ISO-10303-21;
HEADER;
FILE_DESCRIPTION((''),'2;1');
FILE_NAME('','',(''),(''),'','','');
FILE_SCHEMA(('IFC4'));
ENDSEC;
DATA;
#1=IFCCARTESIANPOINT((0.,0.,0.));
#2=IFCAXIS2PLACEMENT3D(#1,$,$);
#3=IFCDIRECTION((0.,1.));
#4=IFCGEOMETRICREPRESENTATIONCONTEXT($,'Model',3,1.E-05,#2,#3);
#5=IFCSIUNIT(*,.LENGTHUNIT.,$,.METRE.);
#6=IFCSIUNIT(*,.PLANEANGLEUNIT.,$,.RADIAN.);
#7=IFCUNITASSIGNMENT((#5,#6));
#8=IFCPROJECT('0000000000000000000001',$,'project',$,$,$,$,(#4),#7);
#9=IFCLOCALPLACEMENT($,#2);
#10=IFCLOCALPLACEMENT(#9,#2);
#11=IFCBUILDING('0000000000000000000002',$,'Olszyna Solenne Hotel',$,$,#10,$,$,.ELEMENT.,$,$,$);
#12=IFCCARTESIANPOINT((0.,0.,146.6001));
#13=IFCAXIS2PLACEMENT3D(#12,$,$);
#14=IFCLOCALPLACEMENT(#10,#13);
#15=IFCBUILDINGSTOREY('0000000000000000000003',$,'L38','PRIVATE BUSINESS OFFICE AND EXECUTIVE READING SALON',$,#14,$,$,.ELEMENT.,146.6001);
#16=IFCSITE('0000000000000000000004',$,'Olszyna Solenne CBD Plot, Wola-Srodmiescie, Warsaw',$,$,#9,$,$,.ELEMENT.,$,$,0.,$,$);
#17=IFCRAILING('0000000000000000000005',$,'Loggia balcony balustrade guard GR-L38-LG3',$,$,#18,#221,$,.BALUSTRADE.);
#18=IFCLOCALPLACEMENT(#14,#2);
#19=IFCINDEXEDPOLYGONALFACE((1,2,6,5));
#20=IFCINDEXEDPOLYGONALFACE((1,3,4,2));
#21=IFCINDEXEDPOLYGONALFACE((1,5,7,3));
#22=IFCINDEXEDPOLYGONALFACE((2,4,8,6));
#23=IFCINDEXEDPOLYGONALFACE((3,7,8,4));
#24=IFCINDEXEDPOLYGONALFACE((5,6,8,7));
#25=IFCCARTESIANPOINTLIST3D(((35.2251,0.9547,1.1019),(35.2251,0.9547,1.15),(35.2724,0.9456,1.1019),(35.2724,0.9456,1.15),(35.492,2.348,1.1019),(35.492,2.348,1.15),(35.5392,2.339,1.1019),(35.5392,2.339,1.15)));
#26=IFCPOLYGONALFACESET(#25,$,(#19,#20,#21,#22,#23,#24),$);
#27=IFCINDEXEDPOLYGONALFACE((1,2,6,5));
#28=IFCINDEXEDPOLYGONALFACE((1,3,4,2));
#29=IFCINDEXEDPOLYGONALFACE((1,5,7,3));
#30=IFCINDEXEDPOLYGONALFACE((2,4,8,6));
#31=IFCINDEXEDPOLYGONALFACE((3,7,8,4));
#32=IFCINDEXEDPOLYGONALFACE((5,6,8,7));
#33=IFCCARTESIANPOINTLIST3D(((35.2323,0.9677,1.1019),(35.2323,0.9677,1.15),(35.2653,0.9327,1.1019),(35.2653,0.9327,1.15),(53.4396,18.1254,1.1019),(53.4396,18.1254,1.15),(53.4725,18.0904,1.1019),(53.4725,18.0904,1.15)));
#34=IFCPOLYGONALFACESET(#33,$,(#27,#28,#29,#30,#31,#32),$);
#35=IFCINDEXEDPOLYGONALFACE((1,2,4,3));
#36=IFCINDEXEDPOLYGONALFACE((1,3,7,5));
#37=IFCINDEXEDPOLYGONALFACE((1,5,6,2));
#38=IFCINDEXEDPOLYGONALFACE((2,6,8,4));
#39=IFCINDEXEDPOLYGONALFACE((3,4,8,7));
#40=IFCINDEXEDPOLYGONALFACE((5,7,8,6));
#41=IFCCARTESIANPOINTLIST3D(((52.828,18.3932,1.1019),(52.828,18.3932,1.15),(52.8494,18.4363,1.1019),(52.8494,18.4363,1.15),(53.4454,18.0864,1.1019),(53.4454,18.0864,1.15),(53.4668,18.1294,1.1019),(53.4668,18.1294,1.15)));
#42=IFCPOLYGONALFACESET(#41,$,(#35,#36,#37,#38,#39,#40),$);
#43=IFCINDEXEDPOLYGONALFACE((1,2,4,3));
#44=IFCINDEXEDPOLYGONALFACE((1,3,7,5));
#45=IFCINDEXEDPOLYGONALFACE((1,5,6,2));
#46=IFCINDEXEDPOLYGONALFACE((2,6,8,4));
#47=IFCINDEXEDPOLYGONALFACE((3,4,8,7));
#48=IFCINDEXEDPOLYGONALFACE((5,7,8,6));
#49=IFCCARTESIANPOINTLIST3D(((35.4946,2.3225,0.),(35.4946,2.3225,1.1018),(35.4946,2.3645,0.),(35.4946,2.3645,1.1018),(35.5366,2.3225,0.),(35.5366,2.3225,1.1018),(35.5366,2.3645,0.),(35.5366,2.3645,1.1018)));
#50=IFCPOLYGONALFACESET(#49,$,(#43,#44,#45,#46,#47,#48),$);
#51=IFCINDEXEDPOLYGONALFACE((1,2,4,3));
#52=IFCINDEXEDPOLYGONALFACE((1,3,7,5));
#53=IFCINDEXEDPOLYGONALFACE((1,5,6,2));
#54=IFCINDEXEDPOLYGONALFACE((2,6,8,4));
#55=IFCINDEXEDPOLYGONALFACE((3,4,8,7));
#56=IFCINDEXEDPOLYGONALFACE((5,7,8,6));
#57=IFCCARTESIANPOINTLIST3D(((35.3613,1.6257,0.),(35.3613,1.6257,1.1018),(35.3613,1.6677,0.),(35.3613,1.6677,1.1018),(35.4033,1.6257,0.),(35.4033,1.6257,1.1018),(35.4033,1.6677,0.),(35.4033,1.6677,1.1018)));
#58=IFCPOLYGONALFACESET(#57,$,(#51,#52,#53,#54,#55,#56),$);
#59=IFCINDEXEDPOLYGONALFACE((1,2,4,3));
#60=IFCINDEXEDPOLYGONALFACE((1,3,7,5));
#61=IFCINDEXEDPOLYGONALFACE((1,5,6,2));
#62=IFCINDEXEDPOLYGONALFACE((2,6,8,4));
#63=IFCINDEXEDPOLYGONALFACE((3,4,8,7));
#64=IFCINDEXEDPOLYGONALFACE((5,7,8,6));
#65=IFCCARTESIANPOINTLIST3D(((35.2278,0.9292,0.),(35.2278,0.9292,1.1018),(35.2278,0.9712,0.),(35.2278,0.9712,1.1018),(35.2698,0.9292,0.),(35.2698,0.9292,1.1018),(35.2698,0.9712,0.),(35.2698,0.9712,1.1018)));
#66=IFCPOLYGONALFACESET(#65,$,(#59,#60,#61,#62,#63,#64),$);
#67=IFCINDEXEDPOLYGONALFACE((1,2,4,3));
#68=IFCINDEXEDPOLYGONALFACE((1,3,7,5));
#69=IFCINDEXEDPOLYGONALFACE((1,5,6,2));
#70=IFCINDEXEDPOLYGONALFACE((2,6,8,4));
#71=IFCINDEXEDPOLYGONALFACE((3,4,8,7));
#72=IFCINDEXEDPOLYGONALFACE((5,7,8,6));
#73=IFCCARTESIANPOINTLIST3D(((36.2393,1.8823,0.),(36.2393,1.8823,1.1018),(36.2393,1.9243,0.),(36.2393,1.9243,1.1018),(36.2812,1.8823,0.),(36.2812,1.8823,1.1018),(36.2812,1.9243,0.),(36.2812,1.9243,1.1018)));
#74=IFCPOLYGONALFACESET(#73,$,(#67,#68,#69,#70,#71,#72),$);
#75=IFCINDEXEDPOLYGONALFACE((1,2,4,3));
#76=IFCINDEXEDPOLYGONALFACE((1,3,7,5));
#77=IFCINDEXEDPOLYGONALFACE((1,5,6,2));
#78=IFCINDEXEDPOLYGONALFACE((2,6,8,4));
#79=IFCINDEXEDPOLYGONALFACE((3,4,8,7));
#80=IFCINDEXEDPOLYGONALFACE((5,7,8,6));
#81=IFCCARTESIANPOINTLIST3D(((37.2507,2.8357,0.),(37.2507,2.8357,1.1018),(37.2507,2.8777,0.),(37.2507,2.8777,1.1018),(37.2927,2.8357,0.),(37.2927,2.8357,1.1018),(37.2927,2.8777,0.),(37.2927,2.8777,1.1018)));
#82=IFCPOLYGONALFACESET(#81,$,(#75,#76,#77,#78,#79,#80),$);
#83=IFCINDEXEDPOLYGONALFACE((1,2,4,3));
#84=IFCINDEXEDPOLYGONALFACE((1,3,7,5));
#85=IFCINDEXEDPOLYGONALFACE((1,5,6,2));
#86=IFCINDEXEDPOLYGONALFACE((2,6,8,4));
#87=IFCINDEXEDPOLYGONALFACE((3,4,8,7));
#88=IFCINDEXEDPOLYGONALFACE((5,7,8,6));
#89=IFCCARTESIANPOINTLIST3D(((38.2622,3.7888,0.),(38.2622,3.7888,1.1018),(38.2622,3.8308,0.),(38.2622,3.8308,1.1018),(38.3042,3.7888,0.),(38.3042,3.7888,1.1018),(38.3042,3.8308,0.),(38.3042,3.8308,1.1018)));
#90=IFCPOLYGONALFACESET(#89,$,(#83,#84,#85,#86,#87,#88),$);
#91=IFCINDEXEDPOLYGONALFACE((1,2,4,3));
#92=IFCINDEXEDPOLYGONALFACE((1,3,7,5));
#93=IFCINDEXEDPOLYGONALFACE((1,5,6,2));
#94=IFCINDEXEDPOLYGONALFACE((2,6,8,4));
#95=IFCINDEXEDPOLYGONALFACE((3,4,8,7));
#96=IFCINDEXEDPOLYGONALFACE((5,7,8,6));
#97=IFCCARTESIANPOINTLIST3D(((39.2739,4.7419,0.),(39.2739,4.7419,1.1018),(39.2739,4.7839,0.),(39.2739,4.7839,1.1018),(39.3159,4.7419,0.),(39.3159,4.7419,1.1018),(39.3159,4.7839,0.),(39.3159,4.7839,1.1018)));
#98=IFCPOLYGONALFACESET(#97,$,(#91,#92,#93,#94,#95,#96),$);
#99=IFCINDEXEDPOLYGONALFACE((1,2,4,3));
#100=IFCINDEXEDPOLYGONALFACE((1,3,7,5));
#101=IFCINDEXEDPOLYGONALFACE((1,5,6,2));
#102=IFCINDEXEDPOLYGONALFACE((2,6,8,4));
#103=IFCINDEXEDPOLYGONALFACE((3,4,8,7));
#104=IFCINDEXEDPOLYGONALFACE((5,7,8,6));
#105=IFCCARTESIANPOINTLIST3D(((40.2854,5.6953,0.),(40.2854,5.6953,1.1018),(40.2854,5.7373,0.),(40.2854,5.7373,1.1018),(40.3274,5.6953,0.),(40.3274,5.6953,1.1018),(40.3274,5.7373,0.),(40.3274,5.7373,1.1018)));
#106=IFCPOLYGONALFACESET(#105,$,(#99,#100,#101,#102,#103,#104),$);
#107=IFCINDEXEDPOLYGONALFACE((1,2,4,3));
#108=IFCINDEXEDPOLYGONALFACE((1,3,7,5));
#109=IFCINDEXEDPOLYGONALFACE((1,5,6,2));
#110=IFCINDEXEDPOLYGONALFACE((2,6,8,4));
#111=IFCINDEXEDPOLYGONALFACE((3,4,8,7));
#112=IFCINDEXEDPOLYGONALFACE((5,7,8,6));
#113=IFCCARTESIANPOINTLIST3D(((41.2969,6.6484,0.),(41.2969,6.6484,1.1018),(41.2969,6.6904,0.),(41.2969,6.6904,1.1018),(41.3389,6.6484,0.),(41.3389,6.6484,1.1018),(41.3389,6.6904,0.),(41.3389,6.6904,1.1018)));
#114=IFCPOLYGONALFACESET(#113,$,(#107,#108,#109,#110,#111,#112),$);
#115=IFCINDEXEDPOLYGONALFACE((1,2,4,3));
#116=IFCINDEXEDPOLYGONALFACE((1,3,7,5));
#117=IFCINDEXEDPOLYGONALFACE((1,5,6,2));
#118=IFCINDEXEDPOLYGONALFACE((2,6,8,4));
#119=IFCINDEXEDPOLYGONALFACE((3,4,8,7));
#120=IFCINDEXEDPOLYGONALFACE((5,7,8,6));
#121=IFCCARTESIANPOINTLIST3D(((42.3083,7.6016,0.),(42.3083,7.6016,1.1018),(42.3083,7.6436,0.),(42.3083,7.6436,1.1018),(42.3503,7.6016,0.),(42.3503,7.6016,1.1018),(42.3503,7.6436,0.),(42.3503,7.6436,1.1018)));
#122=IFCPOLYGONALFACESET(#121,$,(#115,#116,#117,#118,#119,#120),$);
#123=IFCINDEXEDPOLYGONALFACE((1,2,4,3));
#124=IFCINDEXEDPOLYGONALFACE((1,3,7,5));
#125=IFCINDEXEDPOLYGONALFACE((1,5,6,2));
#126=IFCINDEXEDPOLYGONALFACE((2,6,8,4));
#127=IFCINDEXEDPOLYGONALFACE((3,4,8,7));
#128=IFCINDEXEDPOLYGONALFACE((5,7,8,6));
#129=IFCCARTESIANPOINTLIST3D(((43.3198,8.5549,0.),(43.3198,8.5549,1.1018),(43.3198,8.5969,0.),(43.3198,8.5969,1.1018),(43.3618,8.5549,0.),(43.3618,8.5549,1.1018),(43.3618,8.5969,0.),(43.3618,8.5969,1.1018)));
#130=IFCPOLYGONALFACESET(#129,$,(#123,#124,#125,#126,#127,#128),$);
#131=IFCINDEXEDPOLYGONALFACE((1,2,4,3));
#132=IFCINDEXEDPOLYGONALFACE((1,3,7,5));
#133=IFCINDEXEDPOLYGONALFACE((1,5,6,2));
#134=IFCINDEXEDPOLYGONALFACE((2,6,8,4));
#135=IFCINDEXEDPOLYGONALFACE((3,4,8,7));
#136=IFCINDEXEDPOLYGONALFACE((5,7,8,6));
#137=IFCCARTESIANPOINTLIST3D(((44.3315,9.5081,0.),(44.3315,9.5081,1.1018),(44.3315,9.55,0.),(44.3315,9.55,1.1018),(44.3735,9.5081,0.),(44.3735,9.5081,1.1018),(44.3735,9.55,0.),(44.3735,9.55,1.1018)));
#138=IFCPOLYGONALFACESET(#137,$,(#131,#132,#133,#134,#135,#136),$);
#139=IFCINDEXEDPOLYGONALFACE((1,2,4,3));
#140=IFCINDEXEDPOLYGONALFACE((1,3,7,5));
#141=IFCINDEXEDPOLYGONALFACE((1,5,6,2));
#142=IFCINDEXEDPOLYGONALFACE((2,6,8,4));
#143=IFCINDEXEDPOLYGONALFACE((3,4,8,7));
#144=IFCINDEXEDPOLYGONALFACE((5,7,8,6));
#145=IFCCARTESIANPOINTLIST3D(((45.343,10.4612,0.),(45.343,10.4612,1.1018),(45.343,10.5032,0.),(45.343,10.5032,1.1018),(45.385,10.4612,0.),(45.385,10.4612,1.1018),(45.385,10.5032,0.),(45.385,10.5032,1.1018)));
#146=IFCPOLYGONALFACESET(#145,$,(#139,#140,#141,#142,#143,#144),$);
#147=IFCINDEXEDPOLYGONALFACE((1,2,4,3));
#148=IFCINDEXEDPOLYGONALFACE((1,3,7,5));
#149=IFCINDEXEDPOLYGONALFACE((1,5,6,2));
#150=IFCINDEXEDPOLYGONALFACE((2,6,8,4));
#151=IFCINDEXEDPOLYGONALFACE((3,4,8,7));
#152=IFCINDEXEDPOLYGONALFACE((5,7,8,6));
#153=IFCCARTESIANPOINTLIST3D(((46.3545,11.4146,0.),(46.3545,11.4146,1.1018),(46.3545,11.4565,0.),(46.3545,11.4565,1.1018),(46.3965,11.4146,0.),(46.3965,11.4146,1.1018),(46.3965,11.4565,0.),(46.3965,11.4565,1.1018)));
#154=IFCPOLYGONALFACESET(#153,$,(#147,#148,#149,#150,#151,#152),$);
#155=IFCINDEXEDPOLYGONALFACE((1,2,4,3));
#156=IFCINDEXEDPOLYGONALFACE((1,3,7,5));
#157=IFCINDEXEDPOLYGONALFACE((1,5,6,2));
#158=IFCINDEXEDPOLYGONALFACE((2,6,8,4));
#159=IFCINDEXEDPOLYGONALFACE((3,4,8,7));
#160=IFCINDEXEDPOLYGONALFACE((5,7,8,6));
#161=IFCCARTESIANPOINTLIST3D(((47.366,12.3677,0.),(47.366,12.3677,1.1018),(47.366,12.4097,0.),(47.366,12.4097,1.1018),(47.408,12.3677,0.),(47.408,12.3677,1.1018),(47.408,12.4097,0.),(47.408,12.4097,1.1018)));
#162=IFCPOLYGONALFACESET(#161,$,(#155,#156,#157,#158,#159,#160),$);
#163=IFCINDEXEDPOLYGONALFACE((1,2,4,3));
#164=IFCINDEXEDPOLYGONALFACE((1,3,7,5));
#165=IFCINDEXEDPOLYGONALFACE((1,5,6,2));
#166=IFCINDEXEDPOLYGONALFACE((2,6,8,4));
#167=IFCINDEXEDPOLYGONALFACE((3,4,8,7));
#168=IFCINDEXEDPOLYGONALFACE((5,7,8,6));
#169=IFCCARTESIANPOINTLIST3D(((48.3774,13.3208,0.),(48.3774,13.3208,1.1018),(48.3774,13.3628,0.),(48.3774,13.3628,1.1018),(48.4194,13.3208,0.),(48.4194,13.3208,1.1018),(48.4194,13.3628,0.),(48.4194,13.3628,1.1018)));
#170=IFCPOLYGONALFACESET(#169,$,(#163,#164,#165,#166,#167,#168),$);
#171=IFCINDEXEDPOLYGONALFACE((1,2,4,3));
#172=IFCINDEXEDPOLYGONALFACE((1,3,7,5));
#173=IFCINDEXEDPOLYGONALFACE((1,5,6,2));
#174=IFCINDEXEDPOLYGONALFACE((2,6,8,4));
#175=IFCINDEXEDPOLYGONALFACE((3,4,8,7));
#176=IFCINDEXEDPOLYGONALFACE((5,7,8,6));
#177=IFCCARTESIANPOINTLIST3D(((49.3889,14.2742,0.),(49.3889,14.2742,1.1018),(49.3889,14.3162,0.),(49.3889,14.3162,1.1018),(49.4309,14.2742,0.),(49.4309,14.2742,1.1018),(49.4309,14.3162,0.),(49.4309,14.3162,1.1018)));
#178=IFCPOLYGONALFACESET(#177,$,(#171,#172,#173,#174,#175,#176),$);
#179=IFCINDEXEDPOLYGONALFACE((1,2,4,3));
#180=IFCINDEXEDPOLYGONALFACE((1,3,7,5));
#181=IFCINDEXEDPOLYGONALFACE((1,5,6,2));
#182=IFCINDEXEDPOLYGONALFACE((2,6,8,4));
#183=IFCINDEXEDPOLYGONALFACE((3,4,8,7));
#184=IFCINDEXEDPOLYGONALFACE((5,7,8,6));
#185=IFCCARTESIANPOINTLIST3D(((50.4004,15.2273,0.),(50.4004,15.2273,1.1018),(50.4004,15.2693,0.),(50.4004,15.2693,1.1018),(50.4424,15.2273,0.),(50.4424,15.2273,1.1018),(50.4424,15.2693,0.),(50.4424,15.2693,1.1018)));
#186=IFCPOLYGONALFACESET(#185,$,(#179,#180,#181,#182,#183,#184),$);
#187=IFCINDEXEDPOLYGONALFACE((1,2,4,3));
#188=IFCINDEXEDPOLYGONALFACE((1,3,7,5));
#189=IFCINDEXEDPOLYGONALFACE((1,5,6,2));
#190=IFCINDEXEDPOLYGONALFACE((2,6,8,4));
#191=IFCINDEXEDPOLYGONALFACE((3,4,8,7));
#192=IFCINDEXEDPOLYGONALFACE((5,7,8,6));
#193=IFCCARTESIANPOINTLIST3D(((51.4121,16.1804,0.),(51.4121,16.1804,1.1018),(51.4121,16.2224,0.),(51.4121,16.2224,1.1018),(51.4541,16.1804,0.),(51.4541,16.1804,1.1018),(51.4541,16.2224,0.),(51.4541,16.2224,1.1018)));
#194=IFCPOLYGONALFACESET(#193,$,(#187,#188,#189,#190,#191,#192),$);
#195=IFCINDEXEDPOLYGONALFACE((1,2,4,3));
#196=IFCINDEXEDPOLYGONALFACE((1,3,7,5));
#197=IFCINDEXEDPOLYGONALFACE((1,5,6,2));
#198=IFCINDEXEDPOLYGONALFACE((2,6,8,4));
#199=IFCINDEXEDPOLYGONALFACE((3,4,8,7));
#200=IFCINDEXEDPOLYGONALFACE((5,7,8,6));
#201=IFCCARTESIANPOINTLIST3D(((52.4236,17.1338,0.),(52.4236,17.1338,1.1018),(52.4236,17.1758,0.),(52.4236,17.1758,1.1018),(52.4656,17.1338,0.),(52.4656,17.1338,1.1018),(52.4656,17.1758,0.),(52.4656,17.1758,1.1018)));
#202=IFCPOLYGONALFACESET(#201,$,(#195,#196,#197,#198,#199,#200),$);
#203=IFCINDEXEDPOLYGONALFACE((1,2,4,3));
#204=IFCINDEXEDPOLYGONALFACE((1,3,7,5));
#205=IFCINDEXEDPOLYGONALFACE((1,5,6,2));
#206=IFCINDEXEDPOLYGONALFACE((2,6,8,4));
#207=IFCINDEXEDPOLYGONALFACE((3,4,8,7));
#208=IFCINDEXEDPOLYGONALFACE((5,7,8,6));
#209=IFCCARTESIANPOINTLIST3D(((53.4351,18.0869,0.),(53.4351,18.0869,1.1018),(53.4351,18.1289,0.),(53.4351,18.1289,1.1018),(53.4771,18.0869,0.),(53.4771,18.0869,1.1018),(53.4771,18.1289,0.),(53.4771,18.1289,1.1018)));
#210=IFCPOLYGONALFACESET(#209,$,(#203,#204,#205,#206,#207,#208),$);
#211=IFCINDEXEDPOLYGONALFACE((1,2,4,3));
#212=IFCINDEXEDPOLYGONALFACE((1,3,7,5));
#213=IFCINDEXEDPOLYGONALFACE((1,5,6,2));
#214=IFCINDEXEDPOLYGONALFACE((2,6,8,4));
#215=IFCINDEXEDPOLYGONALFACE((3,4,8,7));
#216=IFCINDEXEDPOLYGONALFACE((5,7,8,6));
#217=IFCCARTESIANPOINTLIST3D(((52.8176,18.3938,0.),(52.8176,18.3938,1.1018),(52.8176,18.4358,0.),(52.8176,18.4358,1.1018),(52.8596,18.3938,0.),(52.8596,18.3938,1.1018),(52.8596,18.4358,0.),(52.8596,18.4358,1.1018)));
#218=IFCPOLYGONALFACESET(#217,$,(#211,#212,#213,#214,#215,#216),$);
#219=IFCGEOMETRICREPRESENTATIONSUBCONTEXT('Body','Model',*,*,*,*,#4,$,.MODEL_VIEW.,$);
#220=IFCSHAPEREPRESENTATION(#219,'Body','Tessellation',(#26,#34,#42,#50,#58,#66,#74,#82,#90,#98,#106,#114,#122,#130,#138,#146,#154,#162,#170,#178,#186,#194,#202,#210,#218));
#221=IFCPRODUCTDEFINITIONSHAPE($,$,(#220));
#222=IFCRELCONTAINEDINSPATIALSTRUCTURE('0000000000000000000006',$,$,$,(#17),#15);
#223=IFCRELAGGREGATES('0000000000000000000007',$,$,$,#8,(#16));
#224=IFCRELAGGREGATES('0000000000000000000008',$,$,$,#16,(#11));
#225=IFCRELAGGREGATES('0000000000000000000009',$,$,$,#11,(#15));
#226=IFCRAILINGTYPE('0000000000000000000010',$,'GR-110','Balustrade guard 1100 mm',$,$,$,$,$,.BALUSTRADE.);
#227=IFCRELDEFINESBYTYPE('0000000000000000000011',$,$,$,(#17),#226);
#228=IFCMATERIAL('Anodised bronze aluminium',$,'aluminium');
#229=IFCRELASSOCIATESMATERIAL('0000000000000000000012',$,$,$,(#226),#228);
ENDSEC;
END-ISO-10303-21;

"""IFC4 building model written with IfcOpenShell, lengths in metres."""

from ifc_helpers import new_model, si_unit, direction, frame, origin, origin_2d, place, context, subcontext, project, spatial, rectangle, extrude, material, type_object, element, save


model = new_model("IFC4")

# Units and contexts
model_context = context("Model", 3, precision=1e-05, world=origin(), true_north=direction((0.0, 1.0)))
body_context = subcontext(model_context, "Body", "Model", "MODEL_VIEW")
ifc_project = project(units=[si_unit("LENGTHUNIT", "METRE"), si_unit("PLANEANGLEUNIT", "RADIAN")], contexts=[model_context])

# Site, building, storey
site_placement = place(None, origin())
site = spatial("IfcSite", under=ifc_project, at=site_placement, Name="Olszyna Solenne CBD Plot, Wola-Srodmiescie, Warsaw", CompositionType="ELEMENT", RefElevation=0.0)
building_placement = place(site_placement, origin())
building = spatial("IfcBuilding", under=site, at=building_placement, Name="Olszyna Solenne Hotel", CompositionType="ELEMENT")
storey_placement = place(building_placement, frame((0.0, 0.0, 146.6001)))
storey = spatial("IfcBuildingStorey", under=building, at=storey_placement, Name="L38", Description="PRIVATE BUSINESS OFFICE AND EXECUTIVE READING SALON", CompositionType="ELEMENT", Elevation=146.6001)

# Shared definitions
ifc_material_1 = material(Name="Anodised bronze aluminium", Category="aluminium")

# Railing
railing_type = type_object("IfcRailingType", Name="GR-110", Description="Balustrade guard 1100 mm", PredefinedType="BALUSTRADE", material=ifc_material_1)
railing_placement = place(storey_placement, frame((35.5156, 2.3435, 0.0)))
element("IfcRailing", 1, at=railing_placement, inside=storey, type_object=railing_type, Name="Loggia balcony balustrade guard GR-L38-LG3", PredefinedType="BALUSTRADE", context=body_context, shape_type="SweptSolid", body=[
    extrude(rectangle(XDim=0.0481, YDim=0.0481, at=origin_2d()), frame((0.0, 0.0, 1.126), z_axis=(-0.188101, -0.98215, 0.0), x_axis=(0.98215, -0.188101, 0.0)), (0.0, 0.0, 1.0), 1.4187),
    extrude(rectangle(XDim=0.0481, YDim=0.0481, at=origin_2d()), frame((-0.2668, -1.3933, 1.126), z_axis=(0.727772, 0.685819, 0.0), x_axis=(-0.685819, 0.727772, 0.0)), (0.0, 0.0, 1.0), 25.0178),
    extrude(rectangle(XDim=0.0481, YDim=0.0481, at=origin_2d()), frame((17.9404, 15.7644, 1.126), z_axis=(-0.895487, 0.445088, 0.0), x_axis=(-0.445088, -0.895487, 0.0)), (0.0, 0.0, 1.0), 0.6895),
    extrude(rectangle(XDim=0.042, YDim=0.042, at=origin_2d()), origin(), (0.0, 0.0, 1.0), 1.1018),
    extrude(rectangle(XDim=0.042, YDim=0.042, at=origin_2d()), frame((-0.1333, -0.6968, 0.0)), (0.0, 0.0, 1.0), 1.1018),
    extrude(rectangle(XDim=0.042, YDim=0.042, at=origin_2d()), frame((-0.2668, -1.3933, 0.0)), (0.0, 0.0, 1.0), 1.1018),
    extrude(rectangle(XDim=0.042, YDim=0.042, at=origin_2d()), frame((0.7446, -0.4402, 0.0)), (0.0, 0.0, 1.0), 1.1018),
    extrude(rectangle(XDim=0.042, YDim=0.042, at=origin_2d()), frame((1.7561, 0.5132, 0.0)), (0.0, 0.0, 1.0), 1.1018),
    extrude(rectangle(XDim=0.042, YDim=0.042, at=origin_2d()), frame((2.7676, 1.4663, 0.0)), (0.0, 0.0, 1.0), 1.1018),
    extrude(rectangle(XDim=0.042, YDim=0.042, at=origin_2d()), frame((3.7793, 2.4194, 0.0)), (0.0, 0.0, 1.0), 1.1018),
    extrude(rectangle(XDim=0.042, YDim=0.042, at=origin_2d()), frame((4.7908, 3.3728, 0.0)), (0.0, 0.0, 1.0), 1.1018),
    extrude(rectangle(XDim=0.042, YDim=0.042, at=origin_2d()), frame((5.8022, 4.3259, 0.0)), (0.0, 0.0, 1.0), 1.1018),
    extrude(rectangle(XDim=0.042, YDim=0.042, at=origin_2d()), frame((6.8137, 5.2791, 0.0)), (0.0, 0.0, 1.0), 1.1018),
    extrude(rectangle(XDim=0.042, YDim=0.042, at=origin_2d()), frame((7.8252, 6.2324, 0.0)), (0.0, 0.0, 1.0), 1.1018),
    extrude(rectangle(XDim=0.042, YDim=0.042, at=origin_2d()), frame((8.8369, 7.1855, 0.0)), (0.0, 0.0, 1.0), 1.1018),
    extrude(rectangle(XDim=0.042, YDim=0.042, at=origin_2d()), frame((9.8484, 8.1387, 0.0)), (0.0, 0.0, 1.0), 1.1018),
    extrude(rectangle(XDim=0.042, YDim=0.042, at=origin_2d()), frame((10.8599, 9.092, 0.0)), (0.0, 0.0, 1.0), 1.1018),
    extrude(rectangle(XDim=0.042, YDim=0.042, at=origin_2d()), frame((11.8713, 10.0452, 0.0)), (0.0, 0.0, 1.0), 1.1018),
    extrude(rectangle(XDim=0.042, YDim=0.042, at=origin_2d()), frame((12.8828, 10.9983, 0.0)), (0.0, 0.0, 1.0), 1.1018),
    extrude(rectangle(XDim=0.042, YDim=0.042, at=origin_2d()), frame((13.8943, 11.9517, 0.0)), (0.0, 0.0, 1.0), 1.1018),
    extrude(rectangle(XDim=0.042, YDim=0.042, at=origin_2d()), frame((14.9058, 12.9048, 0.0)), (0.0, 0.0, 1.0), 1.1018),
    extrude(rectangle(XDim=0.042, YDim=0.042, at=origin_2d()), frame((15.9175, 13.8579, 0.0)), (0.0, 0.0, 1.0), 1.1018),
    extrude(rectangle(XDim=0.042, YDim=0.042, at=origin_2d()), frame((16.929, 14.8113, 0.0)), (0.0, 0.0, 1.0), 1.1018),
    extrude(rectangle(XDim=0.042, YDim=0.042, at=origin_2d()), frame((17.9404, 15.7644, 0.0)), (0.0, 0.0, 1.0), 1.1018),
    extrude(rectangle(XDim=0.042, YDim=0.042, at=origin_2d()), frame((17.323, 16.0713, 0.0)), (0.0, 0.0, 1.0), 1.1018),
])

save(model, "model.ifc")
